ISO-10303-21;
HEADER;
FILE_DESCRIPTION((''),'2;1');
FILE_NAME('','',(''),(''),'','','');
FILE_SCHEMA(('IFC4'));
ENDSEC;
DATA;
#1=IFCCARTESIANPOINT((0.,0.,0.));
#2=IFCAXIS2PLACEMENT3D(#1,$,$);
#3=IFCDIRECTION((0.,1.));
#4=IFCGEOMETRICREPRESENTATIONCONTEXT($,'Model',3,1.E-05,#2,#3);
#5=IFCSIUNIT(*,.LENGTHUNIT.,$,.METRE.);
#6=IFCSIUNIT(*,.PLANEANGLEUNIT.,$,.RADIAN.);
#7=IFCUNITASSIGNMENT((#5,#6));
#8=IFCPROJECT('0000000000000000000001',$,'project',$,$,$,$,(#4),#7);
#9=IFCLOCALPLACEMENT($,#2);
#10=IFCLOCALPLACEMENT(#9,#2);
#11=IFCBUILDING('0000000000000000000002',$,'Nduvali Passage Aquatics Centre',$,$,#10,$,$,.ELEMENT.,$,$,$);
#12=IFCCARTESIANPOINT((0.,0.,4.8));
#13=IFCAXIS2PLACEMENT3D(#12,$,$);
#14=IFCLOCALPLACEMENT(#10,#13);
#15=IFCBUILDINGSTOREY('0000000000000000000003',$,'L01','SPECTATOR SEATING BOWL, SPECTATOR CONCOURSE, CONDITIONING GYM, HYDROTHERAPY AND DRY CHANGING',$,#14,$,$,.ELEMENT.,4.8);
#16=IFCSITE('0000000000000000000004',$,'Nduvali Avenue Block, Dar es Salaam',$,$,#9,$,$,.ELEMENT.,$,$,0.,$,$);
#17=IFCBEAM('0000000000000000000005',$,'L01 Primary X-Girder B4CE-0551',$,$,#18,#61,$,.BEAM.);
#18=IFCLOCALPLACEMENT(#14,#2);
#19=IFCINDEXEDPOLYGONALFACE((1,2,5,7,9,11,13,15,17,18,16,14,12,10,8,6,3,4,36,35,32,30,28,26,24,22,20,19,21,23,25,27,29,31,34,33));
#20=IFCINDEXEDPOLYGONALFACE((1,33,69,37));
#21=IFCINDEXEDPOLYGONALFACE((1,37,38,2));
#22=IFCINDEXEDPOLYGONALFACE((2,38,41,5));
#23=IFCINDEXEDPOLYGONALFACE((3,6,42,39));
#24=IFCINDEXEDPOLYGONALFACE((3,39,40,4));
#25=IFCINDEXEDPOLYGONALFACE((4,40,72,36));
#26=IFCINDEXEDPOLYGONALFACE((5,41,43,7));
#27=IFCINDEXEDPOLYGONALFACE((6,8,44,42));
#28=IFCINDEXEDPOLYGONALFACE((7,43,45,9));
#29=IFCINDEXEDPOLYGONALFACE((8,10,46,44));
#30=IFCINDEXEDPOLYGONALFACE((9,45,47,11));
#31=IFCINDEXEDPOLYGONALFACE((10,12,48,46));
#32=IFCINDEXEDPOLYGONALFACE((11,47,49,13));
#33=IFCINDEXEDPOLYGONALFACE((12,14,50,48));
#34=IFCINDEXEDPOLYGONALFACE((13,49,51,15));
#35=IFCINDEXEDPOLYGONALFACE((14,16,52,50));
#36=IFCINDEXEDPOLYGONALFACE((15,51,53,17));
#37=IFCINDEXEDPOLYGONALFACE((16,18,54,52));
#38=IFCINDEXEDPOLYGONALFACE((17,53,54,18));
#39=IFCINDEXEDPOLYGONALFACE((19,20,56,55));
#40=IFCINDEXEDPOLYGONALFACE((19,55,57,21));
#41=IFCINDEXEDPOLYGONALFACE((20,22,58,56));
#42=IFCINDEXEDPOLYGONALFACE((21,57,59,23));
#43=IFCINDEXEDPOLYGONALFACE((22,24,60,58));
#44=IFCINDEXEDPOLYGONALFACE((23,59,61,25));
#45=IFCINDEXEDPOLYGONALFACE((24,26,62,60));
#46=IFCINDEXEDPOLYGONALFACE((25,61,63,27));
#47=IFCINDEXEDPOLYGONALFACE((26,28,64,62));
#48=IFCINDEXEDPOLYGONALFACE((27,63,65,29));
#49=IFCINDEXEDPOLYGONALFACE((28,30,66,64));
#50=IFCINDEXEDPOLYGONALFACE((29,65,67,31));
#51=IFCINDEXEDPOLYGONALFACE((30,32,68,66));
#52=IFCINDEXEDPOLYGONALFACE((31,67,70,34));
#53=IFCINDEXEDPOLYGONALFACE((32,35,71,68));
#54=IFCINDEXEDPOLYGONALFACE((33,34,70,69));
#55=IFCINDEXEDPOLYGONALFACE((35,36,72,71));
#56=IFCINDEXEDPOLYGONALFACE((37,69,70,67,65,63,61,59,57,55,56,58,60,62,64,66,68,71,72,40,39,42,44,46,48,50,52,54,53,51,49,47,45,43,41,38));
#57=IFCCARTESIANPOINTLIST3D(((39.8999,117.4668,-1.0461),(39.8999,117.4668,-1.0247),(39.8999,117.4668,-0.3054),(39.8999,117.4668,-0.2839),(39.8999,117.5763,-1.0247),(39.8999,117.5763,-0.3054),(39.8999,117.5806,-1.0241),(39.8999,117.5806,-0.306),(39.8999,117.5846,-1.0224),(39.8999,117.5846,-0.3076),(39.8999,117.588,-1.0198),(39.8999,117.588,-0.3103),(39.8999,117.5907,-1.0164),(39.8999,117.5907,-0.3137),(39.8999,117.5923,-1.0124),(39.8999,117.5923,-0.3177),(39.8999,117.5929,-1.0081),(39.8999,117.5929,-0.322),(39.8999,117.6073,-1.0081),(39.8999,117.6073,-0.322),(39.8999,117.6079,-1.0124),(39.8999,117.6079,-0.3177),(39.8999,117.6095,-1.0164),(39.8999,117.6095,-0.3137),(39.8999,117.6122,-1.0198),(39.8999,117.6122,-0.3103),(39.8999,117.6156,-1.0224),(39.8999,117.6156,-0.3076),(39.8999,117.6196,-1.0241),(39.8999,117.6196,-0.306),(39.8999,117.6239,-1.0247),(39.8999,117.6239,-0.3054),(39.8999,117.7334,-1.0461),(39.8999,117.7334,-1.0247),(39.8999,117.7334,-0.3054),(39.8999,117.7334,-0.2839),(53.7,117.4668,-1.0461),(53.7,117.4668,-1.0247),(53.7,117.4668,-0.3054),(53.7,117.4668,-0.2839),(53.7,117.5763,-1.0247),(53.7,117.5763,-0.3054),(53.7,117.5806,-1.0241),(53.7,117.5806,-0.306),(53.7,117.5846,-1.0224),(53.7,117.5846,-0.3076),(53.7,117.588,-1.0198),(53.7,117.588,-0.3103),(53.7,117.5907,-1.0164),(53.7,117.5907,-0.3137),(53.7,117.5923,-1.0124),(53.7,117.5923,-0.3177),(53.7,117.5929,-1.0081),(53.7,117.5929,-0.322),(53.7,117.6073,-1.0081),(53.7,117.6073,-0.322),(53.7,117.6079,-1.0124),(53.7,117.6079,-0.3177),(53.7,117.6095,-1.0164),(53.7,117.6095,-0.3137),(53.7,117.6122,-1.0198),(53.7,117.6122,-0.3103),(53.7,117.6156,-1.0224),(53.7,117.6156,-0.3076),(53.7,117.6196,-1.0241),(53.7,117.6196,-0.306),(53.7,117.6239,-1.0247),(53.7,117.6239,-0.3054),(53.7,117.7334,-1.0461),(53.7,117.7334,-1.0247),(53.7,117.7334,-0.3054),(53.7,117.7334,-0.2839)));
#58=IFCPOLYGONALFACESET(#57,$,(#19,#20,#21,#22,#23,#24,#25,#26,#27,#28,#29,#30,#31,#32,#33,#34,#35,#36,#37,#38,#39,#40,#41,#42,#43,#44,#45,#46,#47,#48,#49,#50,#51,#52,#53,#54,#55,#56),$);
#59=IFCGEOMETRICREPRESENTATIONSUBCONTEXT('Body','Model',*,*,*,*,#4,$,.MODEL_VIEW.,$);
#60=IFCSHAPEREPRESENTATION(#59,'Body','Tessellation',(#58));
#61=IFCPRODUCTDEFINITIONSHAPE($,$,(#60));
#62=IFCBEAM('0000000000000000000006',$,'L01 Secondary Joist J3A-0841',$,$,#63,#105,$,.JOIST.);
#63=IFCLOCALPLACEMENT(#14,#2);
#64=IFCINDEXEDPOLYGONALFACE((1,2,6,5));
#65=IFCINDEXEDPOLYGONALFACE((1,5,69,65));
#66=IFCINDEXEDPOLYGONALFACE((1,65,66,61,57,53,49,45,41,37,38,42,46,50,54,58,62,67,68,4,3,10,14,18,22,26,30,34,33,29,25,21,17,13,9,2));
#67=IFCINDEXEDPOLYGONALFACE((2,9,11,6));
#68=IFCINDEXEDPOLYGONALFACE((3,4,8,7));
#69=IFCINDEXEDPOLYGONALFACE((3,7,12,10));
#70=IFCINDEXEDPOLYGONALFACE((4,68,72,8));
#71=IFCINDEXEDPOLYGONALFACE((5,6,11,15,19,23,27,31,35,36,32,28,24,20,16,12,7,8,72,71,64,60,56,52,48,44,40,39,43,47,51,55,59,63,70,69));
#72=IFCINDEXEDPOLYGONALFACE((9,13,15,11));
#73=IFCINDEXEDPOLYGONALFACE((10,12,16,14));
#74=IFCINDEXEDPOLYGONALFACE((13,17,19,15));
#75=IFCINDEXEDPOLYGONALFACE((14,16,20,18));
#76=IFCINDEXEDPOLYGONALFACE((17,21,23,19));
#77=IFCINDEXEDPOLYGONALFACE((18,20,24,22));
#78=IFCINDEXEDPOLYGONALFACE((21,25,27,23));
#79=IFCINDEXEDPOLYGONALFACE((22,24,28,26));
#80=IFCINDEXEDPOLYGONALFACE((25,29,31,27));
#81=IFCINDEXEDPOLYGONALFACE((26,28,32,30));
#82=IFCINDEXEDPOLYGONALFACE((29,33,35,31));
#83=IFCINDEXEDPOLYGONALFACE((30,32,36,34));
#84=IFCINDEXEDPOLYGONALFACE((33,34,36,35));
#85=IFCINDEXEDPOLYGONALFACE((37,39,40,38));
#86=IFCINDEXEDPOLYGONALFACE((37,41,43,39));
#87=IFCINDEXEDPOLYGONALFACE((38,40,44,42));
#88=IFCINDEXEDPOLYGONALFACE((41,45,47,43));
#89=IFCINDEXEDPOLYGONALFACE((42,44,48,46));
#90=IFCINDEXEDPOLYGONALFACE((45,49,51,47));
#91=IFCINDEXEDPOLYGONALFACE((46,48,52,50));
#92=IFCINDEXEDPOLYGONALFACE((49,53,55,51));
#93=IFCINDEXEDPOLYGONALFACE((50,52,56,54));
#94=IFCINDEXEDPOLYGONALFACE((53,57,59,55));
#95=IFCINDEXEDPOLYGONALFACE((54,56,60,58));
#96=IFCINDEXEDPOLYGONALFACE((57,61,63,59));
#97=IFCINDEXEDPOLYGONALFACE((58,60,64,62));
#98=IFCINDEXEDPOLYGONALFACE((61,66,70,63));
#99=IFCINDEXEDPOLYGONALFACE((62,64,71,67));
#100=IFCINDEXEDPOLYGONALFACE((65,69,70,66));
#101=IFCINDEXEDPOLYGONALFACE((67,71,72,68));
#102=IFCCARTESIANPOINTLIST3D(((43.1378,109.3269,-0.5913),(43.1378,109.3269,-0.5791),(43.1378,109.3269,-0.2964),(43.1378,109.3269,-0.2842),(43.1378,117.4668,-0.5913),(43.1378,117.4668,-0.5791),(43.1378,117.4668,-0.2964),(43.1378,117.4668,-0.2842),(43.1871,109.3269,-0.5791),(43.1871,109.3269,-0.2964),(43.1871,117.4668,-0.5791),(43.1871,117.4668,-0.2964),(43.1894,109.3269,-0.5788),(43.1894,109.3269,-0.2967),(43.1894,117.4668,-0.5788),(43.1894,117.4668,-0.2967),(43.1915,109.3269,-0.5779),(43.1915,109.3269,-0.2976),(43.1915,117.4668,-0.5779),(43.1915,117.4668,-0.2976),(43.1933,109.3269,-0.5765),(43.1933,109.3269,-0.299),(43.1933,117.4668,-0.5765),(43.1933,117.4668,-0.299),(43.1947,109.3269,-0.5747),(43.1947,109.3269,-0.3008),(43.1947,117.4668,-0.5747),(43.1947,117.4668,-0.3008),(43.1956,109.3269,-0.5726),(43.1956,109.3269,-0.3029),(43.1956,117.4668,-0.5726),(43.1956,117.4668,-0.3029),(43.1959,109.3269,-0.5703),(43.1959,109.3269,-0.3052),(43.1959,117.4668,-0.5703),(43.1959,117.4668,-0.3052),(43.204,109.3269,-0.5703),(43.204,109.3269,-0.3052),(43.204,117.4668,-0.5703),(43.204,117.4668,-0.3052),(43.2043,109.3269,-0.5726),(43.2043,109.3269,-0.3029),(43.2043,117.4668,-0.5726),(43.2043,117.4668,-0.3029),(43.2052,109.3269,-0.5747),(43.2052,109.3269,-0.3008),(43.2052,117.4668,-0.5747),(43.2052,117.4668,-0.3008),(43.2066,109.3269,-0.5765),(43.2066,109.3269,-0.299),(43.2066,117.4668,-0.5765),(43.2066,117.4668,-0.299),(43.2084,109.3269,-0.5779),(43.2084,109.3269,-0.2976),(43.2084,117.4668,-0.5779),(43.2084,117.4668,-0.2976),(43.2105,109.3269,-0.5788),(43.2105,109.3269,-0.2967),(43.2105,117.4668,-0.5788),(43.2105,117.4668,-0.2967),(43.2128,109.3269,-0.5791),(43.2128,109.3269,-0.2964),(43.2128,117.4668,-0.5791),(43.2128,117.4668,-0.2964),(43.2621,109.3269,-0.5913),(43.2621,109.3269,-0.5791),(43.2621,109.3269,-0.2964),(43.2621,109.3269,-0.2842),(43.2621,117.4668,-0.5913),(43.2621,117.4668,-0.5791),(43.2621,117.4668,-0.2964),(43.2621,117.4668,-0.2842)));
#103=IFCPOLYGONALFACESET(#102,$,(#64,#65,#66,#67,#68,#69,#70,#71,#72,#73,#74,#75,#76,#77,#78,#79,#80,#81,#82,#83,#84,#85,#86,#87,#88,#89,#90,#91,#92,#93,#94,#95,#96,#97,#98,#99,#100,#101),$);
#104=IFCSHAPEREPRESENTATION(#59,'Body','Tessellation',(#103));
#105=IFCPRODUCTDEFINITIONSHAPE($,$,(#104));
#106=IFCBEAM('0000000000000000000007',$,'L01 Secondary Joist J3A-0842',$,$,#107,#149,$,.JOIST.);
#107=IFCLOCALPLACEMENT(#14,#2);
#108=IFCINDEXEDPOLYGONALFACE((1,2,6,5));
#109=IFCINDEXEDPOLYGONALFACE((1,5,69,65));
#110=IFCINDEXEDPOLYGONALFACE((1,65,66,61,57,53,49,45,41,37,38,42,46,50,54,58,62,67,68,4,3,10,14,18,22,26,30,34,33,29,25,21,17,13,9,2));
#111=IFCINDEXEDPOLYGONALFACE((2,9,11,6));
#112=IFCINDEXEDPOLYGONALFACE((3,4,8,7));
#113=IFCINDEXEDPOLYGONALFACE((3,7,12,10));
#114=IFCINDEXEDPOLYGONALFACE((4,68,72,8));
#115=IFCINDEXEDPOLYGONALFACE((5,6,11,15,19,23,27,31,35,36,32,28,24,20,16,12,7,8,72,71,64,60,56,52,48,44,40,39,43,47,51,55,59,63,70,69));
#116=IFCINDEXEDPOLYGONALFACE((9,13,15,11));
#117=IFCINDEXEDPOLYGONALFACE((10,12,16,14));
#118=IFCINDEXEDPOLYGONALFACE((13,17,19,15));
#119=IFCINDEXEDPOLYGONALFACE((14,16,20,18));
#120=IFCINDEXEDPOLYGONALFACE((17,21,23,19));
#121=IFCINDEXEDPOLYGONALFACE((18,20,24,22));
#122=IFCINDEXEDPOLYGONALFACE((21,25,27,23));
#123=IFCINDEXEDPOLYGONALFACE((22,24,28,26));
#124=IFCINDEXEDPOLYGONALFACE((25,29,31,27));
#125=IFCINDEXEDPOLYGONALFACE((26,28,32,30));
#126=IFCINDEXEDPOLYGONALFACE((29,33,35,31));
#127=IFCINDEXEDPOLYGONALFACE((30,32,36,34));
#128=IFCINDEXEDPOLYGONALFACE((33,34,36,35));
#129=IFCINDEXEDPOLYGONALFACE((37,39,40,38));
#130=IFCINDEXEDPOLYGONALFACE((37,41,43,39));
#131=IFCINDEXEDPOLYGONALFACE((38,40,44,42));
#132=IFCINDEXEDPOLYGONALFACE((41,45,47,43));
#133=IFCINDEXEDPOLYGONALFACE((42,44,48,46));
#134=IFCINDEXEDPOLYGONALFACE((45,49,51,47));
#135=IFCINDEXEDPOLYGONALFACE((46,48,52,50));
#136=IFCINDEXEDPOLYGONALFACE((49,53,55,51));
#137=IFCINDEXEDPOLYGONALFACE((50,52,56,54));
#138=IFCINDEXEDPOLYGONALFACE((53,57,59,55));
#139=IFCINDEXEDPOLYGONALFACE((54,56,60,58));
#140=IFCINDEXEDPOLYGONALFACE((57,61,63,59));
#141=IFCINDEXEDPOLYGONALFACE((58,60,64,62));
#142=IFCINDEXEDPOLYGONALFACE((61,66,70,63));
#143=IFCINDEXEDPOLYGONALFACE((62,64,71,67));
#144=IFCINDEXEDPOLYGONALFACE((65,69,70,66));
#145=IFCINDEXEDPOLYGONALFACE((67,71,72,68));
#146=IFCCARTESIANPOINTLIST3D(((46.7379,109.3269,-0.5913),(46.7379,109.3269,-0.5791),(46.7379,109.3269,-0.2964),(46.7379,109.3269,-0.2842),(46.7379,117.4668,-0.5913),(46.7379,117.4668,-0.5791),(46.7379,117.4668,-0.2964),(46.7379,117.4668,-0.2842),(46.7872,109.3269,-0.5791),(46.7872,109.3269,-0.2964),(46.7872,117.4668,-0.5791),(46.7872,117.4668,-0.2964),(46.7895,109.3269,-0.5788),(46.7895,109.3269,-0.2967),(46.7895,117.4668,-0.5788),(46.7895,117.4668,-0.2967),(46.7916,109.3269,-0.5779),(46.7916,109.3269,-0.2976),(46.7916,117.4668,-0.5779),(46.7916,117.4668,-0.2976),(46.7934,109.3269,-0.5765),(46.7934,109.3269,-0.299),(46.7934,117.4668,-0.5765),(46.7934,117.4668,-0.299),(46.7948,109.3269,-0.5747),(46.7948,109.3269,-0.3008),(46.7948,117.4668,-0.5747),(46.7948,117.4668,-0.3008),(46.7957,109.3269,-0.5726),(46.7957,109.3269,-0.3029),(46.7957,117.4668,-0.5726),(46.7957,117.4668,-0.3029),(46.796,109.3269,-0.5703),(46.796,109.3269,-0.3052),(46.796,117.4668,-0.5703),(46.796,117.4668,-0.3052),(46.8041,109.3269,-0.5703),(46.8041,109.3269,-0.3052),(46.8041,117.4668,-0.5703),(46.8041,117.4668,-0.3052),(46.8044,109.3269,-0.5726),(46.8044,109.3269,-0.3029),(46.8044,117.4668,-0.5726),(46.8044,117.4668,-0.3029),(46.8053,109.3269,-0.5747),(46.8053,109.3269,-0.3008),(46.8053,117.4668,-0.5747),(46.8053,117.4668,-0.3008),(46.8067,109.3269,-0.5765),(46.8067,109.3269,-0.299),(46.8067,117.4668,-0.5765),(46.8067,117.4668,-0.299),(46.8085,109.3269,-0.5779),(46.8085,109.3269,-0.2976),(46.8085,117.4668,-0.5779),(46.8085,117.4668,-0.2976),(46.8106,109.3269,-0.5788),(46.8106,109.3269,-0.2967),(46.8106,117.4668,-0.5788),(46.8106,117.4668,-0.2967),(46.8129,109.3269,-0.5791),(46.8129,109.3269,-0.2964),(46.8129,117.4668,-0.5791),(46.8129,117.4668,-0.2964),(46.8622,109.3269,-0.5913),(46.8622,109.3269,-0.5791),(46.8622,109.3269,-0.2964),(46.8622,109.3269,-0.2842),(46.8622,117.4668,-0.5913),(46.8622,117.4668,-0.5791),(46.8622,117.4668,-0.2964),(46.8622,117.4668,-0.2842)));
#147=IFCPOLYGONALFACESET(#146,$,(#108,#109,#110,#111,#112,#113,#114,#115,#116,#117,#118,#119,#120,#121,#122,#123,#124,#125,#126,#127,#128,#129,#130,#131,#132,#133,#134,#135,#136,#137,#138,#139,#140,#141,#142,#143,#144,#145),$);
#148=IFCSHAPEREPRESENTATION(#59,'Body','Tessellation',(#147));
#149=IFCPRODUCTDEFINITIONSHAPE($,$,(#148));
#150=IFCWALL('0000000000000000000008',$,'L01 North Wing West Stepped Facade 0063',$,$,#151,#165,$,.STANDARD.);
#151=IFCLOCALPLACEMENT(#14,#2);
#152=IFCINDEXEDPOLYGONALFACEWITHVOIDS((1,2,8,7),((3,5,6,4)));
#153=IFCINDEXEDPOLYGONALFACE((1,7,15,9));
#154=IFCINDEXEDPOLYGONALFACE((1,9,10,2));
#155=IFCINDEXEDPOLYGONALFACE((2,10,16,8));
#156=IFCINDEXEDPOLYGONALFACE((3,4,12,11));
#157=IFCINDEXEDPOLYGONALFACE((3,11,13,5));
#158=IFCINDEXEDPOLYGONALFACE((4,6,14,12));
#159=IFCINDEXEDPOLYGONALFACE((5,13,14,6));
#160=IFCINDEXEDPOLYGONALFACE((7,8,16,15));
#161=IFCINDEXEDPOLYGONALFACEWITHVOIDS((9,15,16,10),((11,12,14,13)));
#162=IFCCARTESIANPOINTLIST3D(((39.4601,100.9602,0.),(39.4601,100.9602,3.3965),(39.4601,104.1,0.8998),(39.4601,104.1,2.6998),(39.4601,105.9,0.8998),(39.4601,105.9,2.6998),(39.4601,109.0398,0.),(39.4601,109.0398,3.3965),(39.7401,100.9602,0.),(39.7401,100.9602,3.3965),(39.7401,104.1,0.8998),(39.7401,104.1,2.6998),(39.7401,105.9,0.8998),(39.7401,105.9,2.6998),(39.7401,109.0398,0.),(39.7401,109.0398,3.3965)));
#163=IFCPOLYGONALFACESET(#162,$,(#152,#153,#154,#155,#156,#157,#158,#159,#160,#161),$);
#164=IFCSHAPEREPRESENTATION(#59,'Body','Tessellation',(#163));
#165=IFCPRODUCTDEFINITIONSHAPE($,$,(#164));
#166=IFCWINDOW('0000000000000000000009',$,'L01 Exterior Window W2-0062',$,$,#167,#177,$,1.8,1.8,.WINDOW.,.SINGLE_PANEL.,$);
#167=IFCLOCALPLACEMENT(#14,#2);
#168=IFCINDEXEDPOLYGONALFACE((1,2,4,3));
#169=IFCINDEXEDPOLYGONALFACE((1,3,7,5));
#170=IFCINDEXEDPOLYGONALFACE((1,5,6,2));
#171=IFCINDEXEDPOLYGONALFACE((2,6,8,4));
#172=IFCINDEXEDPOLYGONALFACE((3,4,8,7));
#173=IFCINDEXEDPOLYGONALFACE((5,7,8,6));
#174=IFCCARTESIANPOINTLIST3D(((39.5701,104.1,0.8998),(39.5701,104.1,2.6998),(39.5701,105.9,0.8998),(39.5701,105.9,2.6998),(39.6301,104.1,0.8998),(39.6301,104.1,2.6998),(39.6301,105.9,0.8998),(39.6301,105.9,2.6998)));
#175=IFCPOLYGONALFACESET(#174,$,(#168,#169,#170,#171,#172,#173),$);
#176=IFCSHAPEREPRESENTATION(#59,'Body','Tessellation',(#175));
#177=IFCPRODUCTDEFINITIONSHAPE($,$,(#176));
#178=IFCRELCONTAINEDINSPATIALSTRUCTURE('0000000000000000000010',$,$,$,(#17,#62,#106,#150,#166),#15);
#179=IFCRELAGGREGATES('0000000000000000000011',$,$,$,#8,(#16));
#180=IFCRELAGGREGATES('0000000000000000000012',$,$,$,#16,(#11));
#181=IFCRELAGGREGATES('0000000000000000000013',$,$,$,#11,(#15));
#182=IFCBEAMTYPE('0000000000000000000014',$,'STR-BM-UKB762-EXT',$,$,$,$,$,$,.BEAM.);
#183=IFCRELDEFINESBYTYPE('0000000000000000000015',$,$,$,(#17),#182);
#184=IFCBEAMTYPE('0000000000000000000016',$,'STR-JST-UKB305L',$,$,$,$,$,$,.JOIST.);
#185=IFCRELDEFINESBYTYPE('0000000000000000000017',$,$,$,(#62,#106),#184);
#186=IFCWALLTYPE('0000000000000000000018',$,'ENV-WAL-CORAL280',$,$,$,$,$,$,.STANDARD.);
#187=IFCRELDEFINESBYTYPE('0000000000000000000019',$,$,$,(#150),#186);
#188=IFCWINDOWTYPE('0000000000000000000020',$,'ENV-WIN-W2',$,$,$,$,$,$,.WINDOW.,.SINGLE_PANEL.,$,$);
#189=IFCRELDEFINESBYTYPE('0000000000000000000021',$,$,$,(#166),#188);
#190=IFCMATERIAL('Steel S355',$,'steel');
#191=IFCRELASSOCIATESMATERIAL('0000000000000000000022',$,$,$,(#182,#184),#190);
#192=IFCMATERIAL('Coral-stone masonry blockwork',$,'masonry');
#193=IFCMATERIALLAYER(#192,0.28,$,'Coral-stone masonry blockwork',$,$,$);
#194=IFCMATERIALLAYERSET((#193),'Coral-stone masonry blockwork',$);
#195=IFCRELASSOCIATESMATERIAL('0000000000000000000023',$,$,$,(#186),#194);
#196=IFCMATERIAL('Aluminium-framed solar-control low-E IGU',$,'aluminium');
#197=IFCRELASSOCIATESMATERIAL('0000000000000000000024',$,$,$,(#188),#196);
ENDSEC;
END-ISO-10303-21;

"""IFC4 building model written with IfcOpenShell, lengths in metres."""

from ifc_helpers import new_model, si_unit, direction, frame, frame_2d, origin, origin_2d, place, context, subcontext, project, spatial, rectangle, i_section, extrude, material, layer, layer_set, material_profile, profile_set, type_object, element, fill, save


model = new_model("IFC4")

# Units and contexts
model_context = context("Model", 3, precision=1e-05, world=origin(), true_north=direction((0.0, 1.0)))
body_context = subcontext(model_context, "Body", "Model", "MODEL_VIEW")
ifc_project = project(units=[si_unit("LENGTHUNIT", "METRE"), si_unit("PLANEANGLEUNIT", "RADIAN")], contexts=[model_context])

# Site, building, storey
site_placement = place(None, origin())
site = spatial("IfcSite", under=ifc_project, at=site_placement, Name="Nduvali Avenue Block, Dar es Salaam", CompositionType="ELEMENT", RefElevation=0.0)
building_placement = place(site_placement, origin())
building = spatial("IfcBuilding", under=site, at=building_placement, Name="Nduvali Passage Aquatics Centre", CompositionType="ELEMENT")
storey_placement = place(building_placement, frame((0.0, 0.0, 4.8)))
storey = spatial("IfcBuildingStorey", under=building, at=storey_placement, Name="L01", Description="SPECTATOR SEATING BOWL, SPECTATOR CONCOURSE, CONDITIONING GYM, HYDROTHERAPY AND DRY CHANGING", CompositionType="ELEMENT", Elevation=4.8)

# Shared definitions
ifc_material_1 = material(Name="Steel S355", Category="steel")

# Beams
ifc_material_profile_1 = material_profile(ifc_material_1, i_section(OverallWidth=0.2666, OverallDepth=0.7622, WebThickness=0.0144, FlangeThickness=0.0215, FilletRadius=0.0166, at=origin_2d()), Name="UKB 762x267x173")
ifc_profile_set_1 = profile_set([ifc_material_profile_1], Name="Steel S355")
beam_type_1 = type_object("IfcBeamType", Name="STR-BM-UKB762-EXT", PredefinedType="BEAM", material=ifc_profile_set_1)
beam_1_placement = place(storey_placement, frame((39.8999, 117.6001, -0.665), z_axis=(1.0, 0.0, 0.0), x_axis=(0.0, 1.0, 0.0)))
element("IfcBeam", 1, at=beam_1_placement, inside=storey, type_object=beam_type_1, Name="L01 Primary X-Girder B4CE-0551", PredefinedType="BEAM", context=body_context, shape_type="SweptSolid", body=[
    extrude(i_section(OverallWidth=0.2666, OverallDepth=0.7622, WebThickness=0.0144, FlangeThickness=0.0215, FilletRadius=0.0166, at=origin_2d()), origin(), (0.0, 0.0, 1.0), 13.8),
])
ifc_material_profile_2 = material_profile(ifc_material_1, i_section(OverallWidth=0.1243, OverallDepth=0.3071, WebThickness=0.0081, FlangeThickness=0.0122, FilletRadius=0.0088, at=origin_2d()), Name="UKB 305x127x42")
ifc_profile_set_2 = profile_set([ifc_material_profile_2], Name="Steel S355")
beam_type_2 = type_object("IfcBeamType", Name="STR-JST-UKB305L", PredefinedType="JOIST", material=ifc_profile_set_2)
for number, where, z_axis, x_axis, name in (
    (2, (43.2, 109.3269, -0.4377), (0.0, 1.0, 0.0), (-1.0, 0.0, 0.0), "L01 Secondary Joist J3A-0841"),
    (3, (46.8, 109.3269, -0.4377), (0.0, 1.0, 0.0), (-1.0, 0.0, 0.0), "L01 Secondary Joist J3A-0842"),
):
    element("IfcBeam", number, at=place(storey_placement, frame(where, z_axis=z_axis, x_axis=x_axis)), inside=storey, type_object=beam_type_2, Name=name, PredefinedType="JOIST", context=body_context, shape_type="SweptSolid", body=[
        extrude(i_section(OverallWidth=0.1243, OverallDepth=0.3071, WebThickness=0.0081, FlangeThickness=0.0122, FilletRadius=0.0088, at=origin_2d()), origin(), (0.0, 0.0, 1.0), 8.1399),
    ])

# Wall, opening, window
ifc_material_2 = material(Name="Coral-stone masonry blockwork", Category="masonry")
ifc_layer_1 = layer(ifc_material_2, 0.28, Name="Coral-stone masonry blockwork")
ifc_layer_set_1 = layer_set([ifc_layer_1], Name="Coral-stone masonry blockwork")
wall_type_1 = type_object("IfcWallType", Name="ENV-WAL-CORAL280", PredefinedType="STANDARD", material=ifc_layer_set_1)
wall_1_placement = place(storey_placement, frame((39.6001, 109.0398, 0.0), z_axis=(0.0, 0.0, 1.0), x_axis=(0.0, -1.0, 0.0)))
wall_1 = element("IfcWall", 4, at=wall_1_placement, inside=storey, type_object=wall_type_1, Name="L01 North Wing West Stepped Facade 0063", PredefinedType="STANDARD", context=body_context, shape_type="SweptSolid", body=[
    extrude(rectangle(XDim=8.0796, YDim=0.28, at=frame_2d((4.0398, 0.0))), origin(), (0.0, 0.0, 1.0), 3.3965),
])
opening_1_placement = place(wall_1_placement, frame((3.1399, 0.0, 0.8999)))
opening_1 = element("IfcOpeningElement", 5, at=opening_1_placement, cuts=wall_1, PredefinedType="OPENING", context=body_context, shape_type="SweptSolid", body=[
    extrude(rectangle(XDim=1.8, YDim=1.8, at=frame_2d((0.8999, 0.8999))), frame((0.0, 0.1548, 0.0), z_axis=(0.0, -1.0, 0.0), x_axis=(1.0, 0.0, 0.0)), (0.0, 0.0, 1.0), 0.3098),
])
ifc_material_3 = material(Name="Aluminium-framed solar-control low-E IGU", Category="aluminium")
window_type = type_object("IfcWindowType", Name="ENV-WIN-W2", PartitioningType="SINGLE_PANEL", PredefinedType="WINDOW", material=ifc_material_3)
window_1_placement = place(opening_1_placement, origin())
window_1 = element("IfcWindow", 6, at=window_1_placement, inside=storey, type_object=window_type, Name="L01 Exterior Window W2-0062", OverallHeight=1.8, OverallWidth=1.8, PartitioningType="SINGLE_PANEL", PredefinedType="WINDOW", context=body_context, shape_type="SweptSolid", body=[
    extrude(rectangle(XDim=1.8, YDim=1.8, at=frame_2d((0.8999, 0.8999))), frame((0.0, 0.03, 0.0), z_axis=(0.0, -1.0, 0.0), x_axis=(1.0, 0.0, 0.0)), (0.0, 0.0, 1.0), 0.0601),
])
fill(opening_1, window_1)

save(model, "model.ifc")
